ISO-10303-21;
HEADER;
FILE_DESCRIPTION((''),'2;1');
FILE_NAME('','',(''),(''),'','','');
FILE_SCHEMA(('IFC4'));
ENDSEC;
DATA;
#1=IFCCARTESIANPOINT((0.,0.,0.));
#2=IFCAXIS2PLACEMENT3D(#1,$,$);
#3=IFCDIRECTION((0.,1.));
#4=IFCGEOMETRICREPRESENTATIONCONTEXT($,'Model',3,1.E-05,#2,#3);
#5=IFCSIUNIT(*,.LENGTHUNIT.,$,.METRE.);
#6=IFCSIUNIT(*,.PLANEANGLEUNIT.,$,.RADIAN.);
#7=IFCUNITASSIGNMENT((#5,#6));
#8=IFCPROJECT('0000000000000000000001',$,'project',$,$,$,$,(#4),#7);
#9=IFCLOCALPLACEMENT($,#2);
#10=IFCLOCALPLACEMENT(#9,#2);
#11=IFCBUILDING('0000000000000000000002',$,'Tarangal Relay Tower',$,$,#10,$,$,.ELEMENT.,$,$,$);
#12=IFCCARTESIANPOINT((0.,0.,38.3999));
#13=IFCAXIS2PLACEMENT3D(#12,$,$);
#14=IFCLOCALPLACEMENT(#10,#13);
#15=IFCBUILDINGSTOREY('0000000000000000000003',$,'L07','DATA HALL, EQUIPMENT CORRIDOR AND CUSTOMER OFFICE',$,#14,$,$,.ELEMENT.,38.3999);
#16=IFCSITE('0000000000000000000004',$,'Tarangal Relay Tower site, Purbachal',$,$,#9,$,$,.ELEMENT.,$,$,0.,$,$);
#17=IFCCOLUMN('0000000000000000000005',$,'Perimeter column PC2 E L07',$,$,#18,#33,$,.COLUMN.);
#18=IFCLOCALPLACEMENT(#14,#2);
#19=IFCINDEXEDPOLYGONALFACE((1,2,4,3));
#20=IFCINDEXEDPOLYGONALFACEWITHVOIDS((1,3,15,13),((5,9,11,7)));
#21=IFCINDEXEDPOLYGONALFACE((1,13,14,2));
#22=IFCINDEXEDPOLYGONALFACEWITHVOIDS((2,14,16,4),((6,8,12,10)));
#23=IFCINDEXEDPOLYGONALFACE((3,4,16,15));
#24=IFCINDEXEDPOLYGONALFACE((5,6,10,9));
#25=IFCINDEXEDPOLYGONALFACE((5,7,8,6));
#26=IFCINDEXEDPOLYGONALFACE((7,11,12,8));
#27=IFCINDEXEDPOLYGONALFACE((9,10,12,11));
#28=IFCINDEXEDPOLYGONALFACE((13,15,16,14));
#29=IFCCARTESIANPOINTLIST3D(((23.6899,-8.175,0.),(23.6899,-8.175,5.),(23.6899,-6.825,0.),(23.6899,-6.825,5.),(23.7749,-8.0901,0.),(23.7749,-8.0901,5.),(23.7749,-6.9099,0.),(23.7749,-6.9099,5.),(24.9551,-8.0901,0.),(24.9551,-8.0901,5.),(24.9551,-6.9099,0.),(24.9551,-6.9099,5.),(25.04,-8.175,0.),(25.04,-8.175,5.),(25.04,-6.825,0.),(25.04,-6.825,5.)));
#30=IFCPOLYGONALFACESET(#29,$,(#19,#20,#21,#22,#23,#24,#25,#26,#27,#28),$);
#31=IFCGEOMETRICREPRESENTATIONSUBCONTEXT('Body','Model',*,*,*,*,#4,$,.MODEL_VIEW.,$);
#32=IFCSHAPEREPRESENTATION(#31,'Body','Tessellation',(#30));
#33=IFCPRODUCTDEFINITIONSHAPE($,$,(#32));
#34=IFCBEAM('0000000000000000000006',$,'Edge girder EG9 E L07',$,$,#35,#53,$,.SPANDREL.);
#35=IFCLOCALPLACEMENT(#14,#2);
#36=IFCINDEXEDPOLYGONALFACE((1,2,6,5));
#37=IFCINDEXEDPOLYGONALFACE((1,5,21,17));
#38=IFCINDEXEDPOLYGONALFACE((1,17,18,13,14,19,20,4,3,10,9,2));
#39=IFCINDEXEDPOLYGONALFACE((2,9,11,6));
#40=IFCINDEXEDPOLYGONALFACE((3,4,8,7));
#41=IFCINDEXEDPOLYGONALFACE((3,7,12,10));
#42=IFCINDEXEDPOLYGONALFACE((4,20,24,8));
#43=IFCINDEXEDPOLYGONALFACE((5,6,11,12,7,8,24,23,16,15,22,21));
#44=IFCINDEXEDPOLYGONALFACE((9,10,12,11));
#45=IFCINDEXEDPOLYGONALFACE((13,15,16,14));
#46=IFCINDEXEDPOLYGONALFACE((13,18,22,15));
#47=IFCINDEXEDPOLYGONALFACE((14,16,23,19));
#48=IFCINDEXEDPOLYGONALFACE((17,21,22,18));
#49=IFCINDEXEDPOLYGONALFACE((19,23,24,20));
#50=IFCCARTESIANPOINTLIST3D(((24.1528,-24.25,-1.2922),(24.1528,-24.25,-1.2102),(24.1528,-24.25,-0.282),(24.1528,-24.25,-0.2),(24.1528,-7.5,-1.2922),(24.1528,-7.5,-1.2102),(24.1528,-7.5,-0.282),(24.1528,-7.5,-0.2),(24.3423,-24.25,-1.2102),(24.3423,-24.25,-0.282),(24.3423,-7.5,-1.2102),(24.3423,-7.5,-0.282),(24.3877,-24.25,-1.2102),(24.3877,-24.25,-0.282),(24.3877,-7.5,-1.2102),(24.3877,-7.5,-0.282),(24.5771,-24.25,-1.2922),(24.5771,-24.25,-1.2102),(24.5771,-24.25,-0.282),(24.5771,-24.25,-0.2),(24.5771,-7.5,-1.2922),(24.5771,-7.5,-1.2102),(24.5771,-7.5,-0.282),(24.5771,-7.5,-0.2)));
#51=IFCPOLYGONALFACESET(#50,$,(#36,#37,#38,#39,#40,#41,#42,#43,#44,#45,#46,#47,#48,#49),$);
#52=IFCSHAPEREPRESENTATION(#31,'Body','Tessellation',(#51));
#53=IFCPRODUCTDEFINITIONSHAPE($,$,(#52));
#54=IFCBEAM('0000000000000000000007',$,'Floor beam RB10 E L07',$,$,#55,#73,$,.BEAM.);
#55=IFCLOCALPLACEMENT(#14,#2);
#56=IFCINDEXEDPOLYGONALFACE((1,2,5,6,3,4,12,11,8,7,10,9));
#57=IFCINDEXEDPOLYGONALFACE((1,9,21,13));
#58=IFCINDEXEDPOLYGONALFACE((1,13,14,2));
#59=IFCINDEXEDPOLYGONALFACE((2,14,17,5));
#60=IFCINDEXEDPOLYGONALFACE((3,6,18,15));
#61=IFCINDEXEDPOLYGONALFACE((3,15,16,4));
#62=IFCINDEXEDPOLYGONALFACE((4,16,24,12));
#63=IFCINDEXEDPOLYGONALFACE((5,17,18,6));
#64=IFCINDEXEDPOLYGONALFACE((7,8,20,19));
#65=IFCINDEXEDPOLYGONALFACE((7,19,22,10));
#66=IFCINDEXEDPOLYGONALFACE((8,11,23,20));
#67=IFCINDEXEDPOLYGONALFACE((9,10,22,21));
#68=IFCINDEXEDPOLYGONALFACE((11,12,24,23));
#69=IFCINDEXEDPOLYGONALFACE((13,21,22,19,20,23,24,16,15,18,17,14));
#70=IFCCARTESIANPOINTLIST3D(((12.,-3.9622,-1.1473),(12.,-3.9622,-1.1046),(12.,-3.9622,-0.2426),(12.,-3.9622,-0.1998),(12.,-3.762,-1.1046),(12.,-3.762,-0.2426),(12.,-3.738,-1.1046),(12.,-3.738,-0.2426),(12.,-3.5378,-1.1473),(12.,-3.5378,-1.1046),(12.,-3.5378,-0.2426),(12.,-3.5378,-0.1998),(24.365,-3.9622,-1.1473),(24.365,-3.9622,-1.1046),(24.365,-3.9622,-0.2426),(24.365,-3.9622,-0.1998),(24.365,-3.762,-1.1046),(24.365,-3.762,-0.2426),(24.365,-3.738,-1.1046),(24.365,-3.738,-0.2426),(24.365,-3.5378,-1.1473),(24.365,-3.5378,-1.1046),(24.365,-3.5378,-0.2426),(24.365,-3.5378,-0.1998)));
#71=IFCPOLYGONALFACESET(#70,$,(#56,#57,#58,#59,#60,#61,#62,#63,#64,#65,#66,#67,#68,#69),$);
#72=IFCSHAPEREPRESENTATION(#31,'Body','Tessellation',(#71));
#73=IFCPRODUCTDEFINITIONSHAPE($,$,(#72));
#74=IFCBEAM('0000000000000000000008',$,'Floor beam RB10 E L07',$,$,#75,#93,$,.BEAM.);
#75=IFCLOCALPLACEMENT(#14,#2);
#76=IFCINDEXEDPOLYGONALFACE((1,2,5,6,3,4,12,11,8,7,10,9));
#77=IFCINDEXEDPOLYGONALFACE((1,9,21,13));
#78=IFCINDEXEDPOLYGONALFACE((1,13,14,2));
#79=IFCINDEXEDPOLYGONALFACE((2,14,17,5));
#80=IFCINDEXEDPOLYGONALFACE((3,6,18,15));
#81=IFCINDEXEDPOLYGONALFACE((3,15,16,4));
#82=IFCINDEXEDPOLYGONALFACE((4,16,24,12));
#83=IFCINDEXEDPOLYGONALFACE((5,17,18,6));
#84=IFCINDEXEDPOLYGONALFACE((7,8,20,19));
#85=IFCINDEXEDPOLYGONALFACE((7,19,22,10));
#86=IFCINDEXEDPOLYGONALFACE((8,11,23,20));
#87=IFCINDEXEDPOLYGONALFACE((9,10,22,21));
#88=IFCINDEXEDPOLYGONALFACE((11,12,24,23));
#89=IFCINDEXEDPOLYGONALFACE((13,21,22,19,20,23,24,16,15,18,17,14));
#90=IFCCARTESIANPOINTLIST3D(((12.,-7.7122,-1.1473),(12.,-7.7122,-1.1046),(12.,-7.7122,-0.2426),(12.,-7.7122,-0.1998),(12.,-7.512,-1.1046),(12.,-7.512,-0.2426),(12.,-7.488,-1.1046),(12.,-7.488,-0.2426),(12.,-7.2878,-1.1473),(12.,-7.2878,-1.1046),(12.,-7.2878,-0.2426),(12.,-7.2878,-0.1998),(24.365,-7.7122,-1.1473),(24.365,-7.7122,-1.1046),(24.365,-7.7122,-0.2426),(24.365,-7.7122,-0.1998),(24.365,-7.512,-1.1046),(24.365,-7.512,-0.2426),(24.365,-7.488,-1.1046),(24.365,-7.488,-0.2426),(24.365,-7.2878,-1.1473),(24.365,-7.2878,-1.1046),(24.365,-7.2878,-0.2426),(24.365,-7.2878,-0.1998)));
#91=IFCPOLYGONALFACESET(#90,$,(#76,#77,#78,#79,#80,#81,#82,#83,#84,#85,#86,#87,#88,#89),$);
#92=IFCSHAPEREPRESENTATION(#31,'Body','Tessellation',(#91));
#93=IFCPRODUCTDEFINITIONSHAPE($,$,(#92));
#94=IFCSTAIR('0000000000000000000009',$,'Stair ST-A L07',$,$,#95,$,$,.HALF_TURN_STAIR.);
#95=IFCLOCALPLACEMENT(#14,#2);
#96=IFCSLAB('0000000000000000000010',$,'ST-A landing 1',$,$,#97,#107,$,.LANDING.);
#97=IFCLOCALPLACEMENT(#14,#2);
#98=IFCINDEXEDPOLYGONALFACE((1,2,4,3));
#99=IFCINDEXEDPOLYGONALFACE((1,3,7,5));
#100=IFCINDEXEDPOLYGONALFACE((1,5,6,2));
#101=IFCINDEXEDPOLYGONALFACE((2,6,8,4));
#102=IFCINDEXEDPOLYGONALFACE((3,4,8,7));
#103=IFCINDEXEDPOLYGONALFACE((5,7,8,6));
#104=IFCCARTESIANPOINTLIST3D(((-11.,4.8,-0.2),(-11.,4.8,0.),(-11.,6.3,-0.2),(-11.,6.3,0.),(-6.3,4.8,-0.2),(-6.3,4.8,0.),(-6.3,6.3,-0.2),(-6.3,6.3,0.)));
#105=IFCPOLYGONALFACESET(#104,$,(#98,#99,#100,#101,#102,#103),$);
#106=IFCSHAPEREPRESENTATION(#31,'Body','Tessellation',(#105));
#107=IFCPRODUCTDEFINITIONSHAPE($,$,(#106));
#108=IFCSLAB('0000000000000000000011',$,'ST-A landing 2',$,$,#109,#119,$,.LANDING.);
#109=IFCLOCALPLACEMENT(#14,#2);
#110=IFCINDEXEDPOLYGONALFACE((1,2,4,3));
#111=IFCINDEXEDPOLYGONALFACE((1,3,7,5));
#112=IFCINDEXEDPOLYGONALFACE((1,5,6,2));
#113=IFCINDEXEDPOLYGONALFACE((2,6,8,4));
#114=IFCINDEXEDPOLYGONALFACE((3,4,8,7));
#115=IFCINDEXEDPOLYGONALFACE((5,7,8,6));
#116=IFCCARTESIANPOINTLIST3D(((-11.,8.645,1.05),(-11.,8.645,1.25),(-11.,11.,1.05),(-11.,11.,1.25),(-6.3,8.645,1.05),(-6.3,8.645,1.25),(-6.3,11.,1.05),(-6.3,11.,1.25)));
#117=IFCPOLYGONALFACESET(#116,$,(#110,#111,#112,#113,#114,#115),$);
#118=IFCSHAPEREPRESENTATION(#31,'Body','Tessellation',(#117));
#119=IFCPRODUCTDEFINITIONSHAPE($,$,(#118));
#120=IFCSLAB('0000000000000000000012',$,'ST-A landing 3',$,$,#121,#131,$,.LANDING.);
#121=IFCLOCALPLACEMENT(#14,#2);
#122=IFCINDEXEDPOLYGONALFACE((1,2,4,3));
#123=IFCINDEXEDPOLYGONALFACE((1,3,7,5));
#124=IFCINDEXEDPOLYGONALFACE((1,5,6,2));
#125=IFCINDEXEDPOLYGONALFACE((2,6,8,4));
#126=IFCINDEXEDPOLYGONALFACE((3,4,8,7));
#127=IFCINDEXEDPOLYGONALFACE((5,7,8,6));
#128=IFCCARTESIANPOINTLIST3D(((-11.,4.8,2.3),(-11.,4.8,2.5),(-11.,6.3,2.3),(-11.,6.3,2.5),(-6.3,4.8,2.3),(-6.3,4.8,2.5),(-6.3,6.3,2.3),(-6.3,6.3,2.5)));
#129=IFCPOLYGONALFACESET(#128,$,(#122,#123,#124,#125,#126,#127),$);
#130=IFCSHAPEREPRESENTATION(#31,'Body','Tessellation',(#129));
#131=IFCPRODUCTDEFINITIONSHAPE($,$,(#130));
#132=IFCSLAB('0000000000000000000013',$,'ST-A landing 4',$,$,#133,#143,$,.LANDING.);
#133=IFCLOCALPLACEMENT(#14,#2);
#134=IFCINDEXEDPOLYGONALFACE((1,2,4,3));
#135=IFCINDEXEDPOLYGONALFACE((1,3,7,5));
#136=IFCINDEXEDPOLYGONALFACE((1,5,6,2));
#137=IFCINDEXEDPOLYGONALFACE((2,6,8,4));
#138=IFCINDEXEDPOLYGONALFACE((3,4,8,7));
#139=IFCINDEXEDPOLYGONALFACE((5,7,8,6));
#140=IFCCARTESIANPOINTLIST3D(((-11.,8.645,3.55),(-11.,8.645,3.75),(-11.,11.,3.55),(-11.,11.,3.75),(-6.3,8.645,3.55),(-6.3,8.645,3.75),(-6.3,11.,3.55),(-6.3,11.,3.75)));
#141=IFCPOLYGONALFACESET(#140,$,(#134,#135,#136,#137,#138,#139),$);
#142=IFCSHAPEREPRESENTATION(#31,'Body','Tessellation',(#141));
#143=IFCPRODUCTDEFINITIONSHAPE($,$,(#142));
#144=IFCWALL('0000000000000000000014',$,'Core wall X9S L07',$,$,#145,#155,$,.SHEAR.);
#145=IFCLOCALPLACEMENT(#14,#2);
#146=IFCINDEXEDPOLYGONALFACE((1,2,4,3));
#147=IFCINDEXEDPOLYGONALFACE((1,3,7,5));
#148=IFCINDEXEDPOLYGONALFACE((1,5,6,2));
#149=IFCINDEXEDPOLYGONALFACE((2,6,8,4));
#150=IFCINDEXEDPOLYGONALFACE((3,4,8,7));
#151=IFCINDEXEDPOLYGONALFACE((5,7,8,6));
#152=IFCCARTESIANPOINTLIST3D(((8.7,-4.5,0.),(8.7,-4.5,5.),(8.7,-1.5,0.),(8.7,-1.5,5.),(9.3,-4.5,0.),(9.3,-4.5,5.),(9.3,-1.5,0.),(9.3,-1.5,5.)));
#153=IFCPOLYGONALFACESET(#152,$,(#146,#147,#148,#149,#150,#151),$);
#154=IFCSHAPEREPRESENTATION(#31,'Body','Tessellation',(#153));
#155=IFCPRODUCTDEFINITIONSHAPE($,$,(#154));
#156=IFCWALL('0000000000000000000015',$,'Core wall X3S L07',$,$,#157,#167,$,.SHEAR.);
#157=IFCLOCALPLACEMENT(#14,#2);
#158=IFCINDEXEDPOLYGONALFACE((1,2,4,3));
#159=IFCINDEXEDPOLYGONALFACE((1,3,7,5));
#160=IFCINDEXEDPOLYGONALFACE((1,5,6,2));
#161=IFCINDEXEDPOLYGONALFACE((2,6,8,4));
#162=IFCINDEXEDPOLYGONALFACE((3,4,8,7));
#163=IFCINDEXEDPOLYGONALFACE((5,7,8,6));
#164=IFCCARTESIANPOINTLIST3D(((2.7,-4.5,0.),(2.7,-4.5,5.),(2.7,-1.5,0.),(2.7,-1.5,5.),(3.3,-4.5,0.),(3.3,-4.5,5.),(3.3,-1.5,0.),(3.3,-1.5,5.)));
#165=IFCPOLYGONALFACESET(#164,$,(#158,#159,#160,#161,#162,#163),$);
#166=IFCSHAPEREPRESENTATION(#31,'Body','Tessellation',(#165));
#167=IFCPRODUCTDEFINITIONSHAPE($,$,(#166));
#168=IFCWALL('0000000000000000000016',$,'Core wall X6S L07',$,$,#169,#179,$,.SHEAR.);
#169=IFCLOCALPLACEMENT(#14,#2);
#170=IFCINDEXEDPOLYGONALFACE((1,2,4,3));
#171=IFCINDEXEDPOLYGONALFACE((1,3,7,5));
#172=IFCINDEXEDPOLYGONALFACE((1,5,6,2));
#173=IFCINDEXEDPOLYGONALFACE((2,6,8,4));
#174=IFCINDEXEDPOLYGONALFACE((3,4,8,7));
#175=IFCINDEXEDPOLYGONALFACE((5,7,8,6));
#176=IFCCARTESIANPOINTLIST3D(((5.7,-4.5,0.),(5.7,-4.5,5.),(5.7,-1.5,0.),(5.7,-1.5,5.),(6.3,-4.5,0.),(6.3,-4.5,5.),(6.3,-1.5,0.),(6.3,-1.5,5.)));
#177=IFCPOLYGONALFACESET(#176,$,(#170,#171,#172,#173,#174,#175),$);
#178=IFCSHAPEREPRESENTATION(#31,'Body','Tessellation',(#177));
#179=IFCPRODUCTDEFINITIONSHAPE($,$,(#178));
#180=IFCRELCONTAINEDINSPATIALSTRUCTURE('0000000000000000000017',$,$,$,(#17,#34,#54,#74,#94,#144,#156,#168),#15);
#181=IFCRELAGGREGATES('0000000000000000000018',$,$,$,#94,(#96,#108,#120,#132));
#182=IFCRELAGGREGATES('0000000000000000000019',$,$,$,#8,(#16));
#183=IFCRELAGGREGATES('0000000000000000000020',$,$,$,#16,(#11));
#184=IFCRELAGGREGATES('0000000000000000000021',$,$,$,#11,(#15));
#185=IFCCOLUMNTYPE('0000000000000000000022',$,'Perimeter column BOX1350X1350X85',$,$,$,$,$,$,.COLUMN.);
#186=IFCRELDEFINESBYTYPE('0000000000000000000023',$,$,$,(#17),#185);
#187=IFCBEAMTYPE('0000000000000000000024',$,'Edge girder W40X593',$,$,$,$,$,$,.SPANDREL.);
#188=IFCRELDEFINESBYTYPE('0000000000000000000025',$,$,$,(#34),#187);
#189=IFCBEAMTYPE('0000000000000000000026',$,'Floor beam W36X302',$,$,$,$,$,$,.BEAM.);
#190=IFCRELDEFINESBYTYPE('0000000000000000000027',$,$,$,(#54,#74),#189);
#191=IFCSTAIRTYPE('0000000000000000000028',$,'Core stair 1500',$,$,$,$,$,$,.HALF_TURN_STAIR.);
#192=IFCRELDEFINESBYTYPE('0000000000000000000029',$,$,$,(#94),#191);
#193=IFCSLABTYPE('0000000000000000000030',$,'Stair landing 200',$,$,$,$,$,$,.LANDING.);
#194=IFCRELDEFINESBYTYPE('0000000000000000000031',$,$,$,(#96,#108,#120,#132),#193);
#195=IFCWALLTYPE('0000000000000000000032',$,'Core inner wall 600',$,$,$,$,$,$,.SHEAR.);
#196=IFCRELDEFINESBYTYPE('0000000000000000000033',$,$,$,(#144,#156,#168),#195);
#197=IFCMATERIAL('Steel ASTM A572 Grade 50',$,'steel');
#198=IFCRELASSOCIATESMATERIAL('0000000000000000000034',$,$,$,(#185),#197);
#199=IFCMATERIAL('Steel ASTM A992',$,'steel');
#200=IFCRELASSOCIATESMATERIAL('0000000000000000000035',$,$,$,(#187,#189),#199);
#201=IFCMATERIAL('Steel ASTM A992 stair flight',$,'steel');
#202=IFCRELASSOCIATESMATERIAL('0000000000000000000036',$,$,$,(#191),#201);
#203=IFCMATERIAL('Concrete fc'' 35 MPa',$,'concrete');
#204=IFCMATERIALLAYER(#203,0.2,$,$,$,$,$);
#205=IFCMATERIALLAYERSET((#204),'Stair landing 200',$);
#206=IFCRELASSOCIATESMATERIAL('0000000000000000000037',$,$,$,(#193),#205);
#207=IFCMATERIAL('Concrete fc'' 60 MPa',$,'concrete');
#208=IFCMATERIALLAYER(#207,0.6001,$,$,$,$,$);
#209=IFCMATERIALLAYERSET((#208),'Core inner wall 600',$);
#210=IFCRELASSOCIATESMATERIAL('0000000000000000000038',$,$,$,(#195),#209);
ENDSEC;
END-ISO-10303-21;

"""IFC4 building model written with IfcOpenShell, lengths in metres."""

from ifc_helpers import new_model, si_unit, direction, frame, frame_2d, origin, origin_2d, place, context, subcontext, project, spatial, polyline, rectangle, hollow_rectangle, i_section, outline, extrude, material, layer, layer_set, material_profile, profile_set, type_object, element, aggregate, save


model = new_model("IFC4")

# Units and contexts
model_context = context("Model", 3, precision=1e-05, world=origin(), true_north=direction((0.0, 1.0)))
body_context = subcontext(model_context, "Body", "Model", "MODEL_VIEW")
ifc_project = project(units=[si_unit("LENGTHUNIT", "METRE"), si_unit("PLANEANGLEUNIT", "RADIAN")], contexts=[model_context])

# Site, building, storey
site_placement = place(None, origin())
site = spatial("IfcSite", under=ifc_project, at=site_placement, Name="Tarangal Relay Tower site, Purbachal", CompositionType="ELEMENT", RefElevation=0.0)
building_placement = place(site_placement, origin())
building = spatial("IfcBuilding", under=site, at=building_placement, Name="Tarangal Relay Tower", CompositionType="ELEMENT")
storey_placement = place(building_placement, frame((0.0, 0.0, 38.3999)))
storey = spatial("IfcBuildingStorey", under=building, at=storey_placement, Name="L07", Description="DATA HALL, EQUIPMENT CORRIDOR AND CUSTOMER OFFICE", CompositionType="ELEMENT", Elevation=38.3999)

# Column
ifc_material_1 = material(Name="Steel ASTM A572 Grade 50", Category="steel")
ifc_material_profile_1 = material_profile(ifc_material_1, hollow_rectangle(XDim=1.3501, YDim=1.3501, WallThickness=0.085, at=origin_2d()), Name="BOX1350X1350X85")
ifc_profile_set_1 = profile_set([ifc_material_profile_1], Name="Steel ASTM A572 Grade 50")
column_type = type_object("IfcColumnType", Name="Perimeter column BOX1350X1350X85", PredefinedType="COLUMN", material=ifc_profile_set_1)
column_placement = place(storey_placement, frame((24.365, -7.5, 0.0), z_axis=(0.0, 0.0, 1.0), x_axis=(1.0, 0.0, 0.0)))
element("IfcColumn", 1, at=column_placement, inside=storey, type_object=column_type, Name="Perimeter column PC2 E L07", PredefinedType="COLUMN", context=body_context, shape_type="SweptSolid", body=[
    extrude(hollow_rectangle(XDim=1.3501, YDim=1.3501, WallThickness=0.085, at=origin_2d()), origin(), (0.0, 0.0, 1.0), 5.0),
])

# Beams
ifc_material_2 = material(Name="Steel ASTM A992", Category="steel")
ifc_material_profile_2 = material_profile(ifc_material_2, i_section(OverallWidth=0.4243, OverallDepth=1.0923, WebThickness=0.0454, FlangeThickness=0.082, at=origin_2d()), Name="W40X593")
ifc_profile_set_2 = profile_set([ifc_material_profile_2], Name="Steel ASTM A992")
beam_type_1 = type_object("IfcBeamType", Name="Edge girder W40X593", PredefinedType="SPANDREL", material=ifc_profile_set_2)
beam_placement = place(storey_placement, frame((24.365, -7.5, -0.7461), z_axis=(0.0, -1.0, 0.0), x_axis=(1.0, 0.0, 0.0)))
element("IfcBeam", 2, at=beam_placement, inside=storey, type_object=beam_type_1, Name="Edge girder EG9 E L07", PredefinedType="SPANDREL", context=body_context, shape_type="SweptSolid", body=[
    extrude(i_section(OverallWidth=0.4243, OverallDepth=1.0923, WebThickness=0.0454, FlangeThickness=0.082, at=origin_2d()), origin(), (0.0, 0.0, 1.0), 16.75),
])
ifc_material_profile_3 = material_profile(ifc_material_2, i_section(OverallWidth=0.4243, OverallDepth=0.9475, WebThickness=0.0239, FlangeThickness=0.0427, at=origin_2d()), Name="W36X302")
ifc_profile_set_3 = profile_set([ifc_material_profile_3], Name="Steel ASTM A992")
beam_type_2 = type_object("IfcBeamType", Name="Floor beam W36X302", PredefinedType="BEAM", material=ifc_profile_set_3)
for number, where, z_axis, x_axis, name in (
    (3, (12.0, -3.75, -0.6736), (1.0, 0.0, 0.0), (0.0, 1.0, 0.0), "Floor beam RB10 E L07"),
    (4, (12.0, -7.5, -0.6736), (1.0, 0.0, 0.0), (0.0, 1.0, 0.0), "Floor beam RB10 E L07"),
):
    element("IfcBeam", number, at=place(storey_placement, frame(where, z_axis=z_axis, x_axis=x_axis)), inside=storey, type_object=beam_type_2, Name=name, PredefinedType="BEAM", context=body_context, shape_type="SweptSolid", body=[
        extrude(i_section(OverallWidth=0.4243, OverallDepth=0.9475, WebThickness=0.0239, FlangeThickness=0.0427, at=origin_2d()), origin(), (0.0, 0.0, 1.0), 12.365),
    ])

# Stair, slabs
ifc_material_3 = material(Name="Steel ASTM A992 stair flight", Category="steel")
stair_type = type_object("IfcStairType", Name="Core stair 1500", PredefinedType="HALF_TURN_STAIR", material=ifc_material_3)
stair_1_placement = place(storey_placement, origin())
stair_1 = element("IfcStair", 5, at=stair_1_placement, inside=storey, type_object=stair_type, Name="Stair ST-A L07", PredefinedType="HALF_TURN_STAIR")
ifc_material_4 = material(Name="Concrete fc' 35 MPa", Category="concrete")
ifc_layer_1 = layer(ifc_material_4, 0.2)
ifc_layer_set_1 = layer_set([ifc_layer_1], Name="Stair landing 200")
slab_type = type_object("IfcSlabType", Name="Stair landing 200", PredefinedType="LANDING", material=ifc_layer_set_1)
slab_1_placement = place(storey_placement, frame((0.0, 0.0, -0.2)))
slab_1 = element("IfcSlab", 6, at=slab_1_placement, type_object=slab_type, Name="ST-A landing 1", PredefinedType="LANDING", context=body_context, shape_type="SweptSolid", body=[
    extrude(outline(polyline([(-11.0, 4.8), (-6.3, 4.8), (-6.3, 6.3), (-11.0, 6.3), (-11.0, 4.8)])), origin(), (0.0, 0.0, 1.0), 0.2),
])
slab_2_placement = place(storey_placement, frame((0.0, 0.0, 1.05)))
slab_2 = element("IfcSlab", 7, at=slab_2_placement, type_object=slab_type, Name="ST-A landing 2", PredefinedType="LANDING", context=body_context, shape_type="SweptSolid", body=[
    extrude(outline(polyline([(-11.0, 8.645), (-6.3, 8.645), (-6.3, 11.0), (-11.0, 11.0), (-11.0, 8.645)])), origin(), (0.0, 0.0, 1.0), 0.2),
])
slab_3_placement = place(storey_placement, frame((0.0, 0.0, 2.3)))
slab_3 = element("IfcSlab", 8, at=slab_3_placement, type_object=slab_type, Name="ST-A landing 3", PredefinedType="LANDING", context=body_context, shape_type="SweptSolid", body=[
    extrude(outline(polyline([(-11.0, 4.8), (-6.3, 4.8), (-6.3, 6.3), (-11.0, 6.3), (-11.0, 4.8)])), origin(), (0.0, 0.0, 1.0), 0.2),
])
slab_4_placement = place(storey_placement, frame((0.0, 0.0, 3.55)))
slab_4 = element("IfcSlab", 9, at=slab_4_placement, type_object=slab_type, Name="ST-A landing 4", PredefinedType="LANDING", context=body_context, shape_type="SweptSolid", body=[
    extrude(outline(polyline([(-11.0, 8.645), (-6.3, 8.645), (-6.3, 11.0), (-11.0, 11.0), (-11.0, 8.645)])), origin(), (0.0, 0.0, 1.0), 0.2),
])
aggregate(stair_1, [slab_1, slab_2, slab_3, slab_4])

# Walls
ifc_material_5 = material(Name="Concrete fc' 60 MPa", Category="concrete")
ifc_layer_2 = layer(ifc_material_5, 0.6001)
ifc_layer_set_2 = layer_set([ifc_layer_2], Name="Core inner wall 600")
wall_type_1 = type_object("IfcWallType", Name="Core inner wall 600", PredefinedType="SHEAR", material=ifc_layer_set_2)
for number, where, z_axis, x_axis, name in (
    (10, (9.0, -4.5, 0.0), (0.0, 0.0, 1.0), (0.0, 1.0, 0.0), "Core wall X9S L07"),
    (11, (3.0, -4.5, 0.0), (0.0, 0.0, 1.0), (0.0, 1.0, 0.0), "Core wall X3S L07"),
    (12, (6.0, -4.5, 0.0), (0.0, 0.0, 1.0), (0.0, 1.0, 0.0), "Core wall X6S L07"),
):
    element("IfcWall", number, at=place(storey_placement, frame(where, z_axis=z_axis, x_axis=x_axis)), inside=storey, type_object=wall_type_1, Name=name, PredefinedType="SHEAR", context=body_context, shape_type="SweptSolid", body=[
        extrude(rectangle(XDim=3.0, YDim=0.6001, at=frame_2d((1.5, 0.0))), origin(), (0.0, 0.0, 1.0), 5.0),
    ])

save(model, "model.ifc")
